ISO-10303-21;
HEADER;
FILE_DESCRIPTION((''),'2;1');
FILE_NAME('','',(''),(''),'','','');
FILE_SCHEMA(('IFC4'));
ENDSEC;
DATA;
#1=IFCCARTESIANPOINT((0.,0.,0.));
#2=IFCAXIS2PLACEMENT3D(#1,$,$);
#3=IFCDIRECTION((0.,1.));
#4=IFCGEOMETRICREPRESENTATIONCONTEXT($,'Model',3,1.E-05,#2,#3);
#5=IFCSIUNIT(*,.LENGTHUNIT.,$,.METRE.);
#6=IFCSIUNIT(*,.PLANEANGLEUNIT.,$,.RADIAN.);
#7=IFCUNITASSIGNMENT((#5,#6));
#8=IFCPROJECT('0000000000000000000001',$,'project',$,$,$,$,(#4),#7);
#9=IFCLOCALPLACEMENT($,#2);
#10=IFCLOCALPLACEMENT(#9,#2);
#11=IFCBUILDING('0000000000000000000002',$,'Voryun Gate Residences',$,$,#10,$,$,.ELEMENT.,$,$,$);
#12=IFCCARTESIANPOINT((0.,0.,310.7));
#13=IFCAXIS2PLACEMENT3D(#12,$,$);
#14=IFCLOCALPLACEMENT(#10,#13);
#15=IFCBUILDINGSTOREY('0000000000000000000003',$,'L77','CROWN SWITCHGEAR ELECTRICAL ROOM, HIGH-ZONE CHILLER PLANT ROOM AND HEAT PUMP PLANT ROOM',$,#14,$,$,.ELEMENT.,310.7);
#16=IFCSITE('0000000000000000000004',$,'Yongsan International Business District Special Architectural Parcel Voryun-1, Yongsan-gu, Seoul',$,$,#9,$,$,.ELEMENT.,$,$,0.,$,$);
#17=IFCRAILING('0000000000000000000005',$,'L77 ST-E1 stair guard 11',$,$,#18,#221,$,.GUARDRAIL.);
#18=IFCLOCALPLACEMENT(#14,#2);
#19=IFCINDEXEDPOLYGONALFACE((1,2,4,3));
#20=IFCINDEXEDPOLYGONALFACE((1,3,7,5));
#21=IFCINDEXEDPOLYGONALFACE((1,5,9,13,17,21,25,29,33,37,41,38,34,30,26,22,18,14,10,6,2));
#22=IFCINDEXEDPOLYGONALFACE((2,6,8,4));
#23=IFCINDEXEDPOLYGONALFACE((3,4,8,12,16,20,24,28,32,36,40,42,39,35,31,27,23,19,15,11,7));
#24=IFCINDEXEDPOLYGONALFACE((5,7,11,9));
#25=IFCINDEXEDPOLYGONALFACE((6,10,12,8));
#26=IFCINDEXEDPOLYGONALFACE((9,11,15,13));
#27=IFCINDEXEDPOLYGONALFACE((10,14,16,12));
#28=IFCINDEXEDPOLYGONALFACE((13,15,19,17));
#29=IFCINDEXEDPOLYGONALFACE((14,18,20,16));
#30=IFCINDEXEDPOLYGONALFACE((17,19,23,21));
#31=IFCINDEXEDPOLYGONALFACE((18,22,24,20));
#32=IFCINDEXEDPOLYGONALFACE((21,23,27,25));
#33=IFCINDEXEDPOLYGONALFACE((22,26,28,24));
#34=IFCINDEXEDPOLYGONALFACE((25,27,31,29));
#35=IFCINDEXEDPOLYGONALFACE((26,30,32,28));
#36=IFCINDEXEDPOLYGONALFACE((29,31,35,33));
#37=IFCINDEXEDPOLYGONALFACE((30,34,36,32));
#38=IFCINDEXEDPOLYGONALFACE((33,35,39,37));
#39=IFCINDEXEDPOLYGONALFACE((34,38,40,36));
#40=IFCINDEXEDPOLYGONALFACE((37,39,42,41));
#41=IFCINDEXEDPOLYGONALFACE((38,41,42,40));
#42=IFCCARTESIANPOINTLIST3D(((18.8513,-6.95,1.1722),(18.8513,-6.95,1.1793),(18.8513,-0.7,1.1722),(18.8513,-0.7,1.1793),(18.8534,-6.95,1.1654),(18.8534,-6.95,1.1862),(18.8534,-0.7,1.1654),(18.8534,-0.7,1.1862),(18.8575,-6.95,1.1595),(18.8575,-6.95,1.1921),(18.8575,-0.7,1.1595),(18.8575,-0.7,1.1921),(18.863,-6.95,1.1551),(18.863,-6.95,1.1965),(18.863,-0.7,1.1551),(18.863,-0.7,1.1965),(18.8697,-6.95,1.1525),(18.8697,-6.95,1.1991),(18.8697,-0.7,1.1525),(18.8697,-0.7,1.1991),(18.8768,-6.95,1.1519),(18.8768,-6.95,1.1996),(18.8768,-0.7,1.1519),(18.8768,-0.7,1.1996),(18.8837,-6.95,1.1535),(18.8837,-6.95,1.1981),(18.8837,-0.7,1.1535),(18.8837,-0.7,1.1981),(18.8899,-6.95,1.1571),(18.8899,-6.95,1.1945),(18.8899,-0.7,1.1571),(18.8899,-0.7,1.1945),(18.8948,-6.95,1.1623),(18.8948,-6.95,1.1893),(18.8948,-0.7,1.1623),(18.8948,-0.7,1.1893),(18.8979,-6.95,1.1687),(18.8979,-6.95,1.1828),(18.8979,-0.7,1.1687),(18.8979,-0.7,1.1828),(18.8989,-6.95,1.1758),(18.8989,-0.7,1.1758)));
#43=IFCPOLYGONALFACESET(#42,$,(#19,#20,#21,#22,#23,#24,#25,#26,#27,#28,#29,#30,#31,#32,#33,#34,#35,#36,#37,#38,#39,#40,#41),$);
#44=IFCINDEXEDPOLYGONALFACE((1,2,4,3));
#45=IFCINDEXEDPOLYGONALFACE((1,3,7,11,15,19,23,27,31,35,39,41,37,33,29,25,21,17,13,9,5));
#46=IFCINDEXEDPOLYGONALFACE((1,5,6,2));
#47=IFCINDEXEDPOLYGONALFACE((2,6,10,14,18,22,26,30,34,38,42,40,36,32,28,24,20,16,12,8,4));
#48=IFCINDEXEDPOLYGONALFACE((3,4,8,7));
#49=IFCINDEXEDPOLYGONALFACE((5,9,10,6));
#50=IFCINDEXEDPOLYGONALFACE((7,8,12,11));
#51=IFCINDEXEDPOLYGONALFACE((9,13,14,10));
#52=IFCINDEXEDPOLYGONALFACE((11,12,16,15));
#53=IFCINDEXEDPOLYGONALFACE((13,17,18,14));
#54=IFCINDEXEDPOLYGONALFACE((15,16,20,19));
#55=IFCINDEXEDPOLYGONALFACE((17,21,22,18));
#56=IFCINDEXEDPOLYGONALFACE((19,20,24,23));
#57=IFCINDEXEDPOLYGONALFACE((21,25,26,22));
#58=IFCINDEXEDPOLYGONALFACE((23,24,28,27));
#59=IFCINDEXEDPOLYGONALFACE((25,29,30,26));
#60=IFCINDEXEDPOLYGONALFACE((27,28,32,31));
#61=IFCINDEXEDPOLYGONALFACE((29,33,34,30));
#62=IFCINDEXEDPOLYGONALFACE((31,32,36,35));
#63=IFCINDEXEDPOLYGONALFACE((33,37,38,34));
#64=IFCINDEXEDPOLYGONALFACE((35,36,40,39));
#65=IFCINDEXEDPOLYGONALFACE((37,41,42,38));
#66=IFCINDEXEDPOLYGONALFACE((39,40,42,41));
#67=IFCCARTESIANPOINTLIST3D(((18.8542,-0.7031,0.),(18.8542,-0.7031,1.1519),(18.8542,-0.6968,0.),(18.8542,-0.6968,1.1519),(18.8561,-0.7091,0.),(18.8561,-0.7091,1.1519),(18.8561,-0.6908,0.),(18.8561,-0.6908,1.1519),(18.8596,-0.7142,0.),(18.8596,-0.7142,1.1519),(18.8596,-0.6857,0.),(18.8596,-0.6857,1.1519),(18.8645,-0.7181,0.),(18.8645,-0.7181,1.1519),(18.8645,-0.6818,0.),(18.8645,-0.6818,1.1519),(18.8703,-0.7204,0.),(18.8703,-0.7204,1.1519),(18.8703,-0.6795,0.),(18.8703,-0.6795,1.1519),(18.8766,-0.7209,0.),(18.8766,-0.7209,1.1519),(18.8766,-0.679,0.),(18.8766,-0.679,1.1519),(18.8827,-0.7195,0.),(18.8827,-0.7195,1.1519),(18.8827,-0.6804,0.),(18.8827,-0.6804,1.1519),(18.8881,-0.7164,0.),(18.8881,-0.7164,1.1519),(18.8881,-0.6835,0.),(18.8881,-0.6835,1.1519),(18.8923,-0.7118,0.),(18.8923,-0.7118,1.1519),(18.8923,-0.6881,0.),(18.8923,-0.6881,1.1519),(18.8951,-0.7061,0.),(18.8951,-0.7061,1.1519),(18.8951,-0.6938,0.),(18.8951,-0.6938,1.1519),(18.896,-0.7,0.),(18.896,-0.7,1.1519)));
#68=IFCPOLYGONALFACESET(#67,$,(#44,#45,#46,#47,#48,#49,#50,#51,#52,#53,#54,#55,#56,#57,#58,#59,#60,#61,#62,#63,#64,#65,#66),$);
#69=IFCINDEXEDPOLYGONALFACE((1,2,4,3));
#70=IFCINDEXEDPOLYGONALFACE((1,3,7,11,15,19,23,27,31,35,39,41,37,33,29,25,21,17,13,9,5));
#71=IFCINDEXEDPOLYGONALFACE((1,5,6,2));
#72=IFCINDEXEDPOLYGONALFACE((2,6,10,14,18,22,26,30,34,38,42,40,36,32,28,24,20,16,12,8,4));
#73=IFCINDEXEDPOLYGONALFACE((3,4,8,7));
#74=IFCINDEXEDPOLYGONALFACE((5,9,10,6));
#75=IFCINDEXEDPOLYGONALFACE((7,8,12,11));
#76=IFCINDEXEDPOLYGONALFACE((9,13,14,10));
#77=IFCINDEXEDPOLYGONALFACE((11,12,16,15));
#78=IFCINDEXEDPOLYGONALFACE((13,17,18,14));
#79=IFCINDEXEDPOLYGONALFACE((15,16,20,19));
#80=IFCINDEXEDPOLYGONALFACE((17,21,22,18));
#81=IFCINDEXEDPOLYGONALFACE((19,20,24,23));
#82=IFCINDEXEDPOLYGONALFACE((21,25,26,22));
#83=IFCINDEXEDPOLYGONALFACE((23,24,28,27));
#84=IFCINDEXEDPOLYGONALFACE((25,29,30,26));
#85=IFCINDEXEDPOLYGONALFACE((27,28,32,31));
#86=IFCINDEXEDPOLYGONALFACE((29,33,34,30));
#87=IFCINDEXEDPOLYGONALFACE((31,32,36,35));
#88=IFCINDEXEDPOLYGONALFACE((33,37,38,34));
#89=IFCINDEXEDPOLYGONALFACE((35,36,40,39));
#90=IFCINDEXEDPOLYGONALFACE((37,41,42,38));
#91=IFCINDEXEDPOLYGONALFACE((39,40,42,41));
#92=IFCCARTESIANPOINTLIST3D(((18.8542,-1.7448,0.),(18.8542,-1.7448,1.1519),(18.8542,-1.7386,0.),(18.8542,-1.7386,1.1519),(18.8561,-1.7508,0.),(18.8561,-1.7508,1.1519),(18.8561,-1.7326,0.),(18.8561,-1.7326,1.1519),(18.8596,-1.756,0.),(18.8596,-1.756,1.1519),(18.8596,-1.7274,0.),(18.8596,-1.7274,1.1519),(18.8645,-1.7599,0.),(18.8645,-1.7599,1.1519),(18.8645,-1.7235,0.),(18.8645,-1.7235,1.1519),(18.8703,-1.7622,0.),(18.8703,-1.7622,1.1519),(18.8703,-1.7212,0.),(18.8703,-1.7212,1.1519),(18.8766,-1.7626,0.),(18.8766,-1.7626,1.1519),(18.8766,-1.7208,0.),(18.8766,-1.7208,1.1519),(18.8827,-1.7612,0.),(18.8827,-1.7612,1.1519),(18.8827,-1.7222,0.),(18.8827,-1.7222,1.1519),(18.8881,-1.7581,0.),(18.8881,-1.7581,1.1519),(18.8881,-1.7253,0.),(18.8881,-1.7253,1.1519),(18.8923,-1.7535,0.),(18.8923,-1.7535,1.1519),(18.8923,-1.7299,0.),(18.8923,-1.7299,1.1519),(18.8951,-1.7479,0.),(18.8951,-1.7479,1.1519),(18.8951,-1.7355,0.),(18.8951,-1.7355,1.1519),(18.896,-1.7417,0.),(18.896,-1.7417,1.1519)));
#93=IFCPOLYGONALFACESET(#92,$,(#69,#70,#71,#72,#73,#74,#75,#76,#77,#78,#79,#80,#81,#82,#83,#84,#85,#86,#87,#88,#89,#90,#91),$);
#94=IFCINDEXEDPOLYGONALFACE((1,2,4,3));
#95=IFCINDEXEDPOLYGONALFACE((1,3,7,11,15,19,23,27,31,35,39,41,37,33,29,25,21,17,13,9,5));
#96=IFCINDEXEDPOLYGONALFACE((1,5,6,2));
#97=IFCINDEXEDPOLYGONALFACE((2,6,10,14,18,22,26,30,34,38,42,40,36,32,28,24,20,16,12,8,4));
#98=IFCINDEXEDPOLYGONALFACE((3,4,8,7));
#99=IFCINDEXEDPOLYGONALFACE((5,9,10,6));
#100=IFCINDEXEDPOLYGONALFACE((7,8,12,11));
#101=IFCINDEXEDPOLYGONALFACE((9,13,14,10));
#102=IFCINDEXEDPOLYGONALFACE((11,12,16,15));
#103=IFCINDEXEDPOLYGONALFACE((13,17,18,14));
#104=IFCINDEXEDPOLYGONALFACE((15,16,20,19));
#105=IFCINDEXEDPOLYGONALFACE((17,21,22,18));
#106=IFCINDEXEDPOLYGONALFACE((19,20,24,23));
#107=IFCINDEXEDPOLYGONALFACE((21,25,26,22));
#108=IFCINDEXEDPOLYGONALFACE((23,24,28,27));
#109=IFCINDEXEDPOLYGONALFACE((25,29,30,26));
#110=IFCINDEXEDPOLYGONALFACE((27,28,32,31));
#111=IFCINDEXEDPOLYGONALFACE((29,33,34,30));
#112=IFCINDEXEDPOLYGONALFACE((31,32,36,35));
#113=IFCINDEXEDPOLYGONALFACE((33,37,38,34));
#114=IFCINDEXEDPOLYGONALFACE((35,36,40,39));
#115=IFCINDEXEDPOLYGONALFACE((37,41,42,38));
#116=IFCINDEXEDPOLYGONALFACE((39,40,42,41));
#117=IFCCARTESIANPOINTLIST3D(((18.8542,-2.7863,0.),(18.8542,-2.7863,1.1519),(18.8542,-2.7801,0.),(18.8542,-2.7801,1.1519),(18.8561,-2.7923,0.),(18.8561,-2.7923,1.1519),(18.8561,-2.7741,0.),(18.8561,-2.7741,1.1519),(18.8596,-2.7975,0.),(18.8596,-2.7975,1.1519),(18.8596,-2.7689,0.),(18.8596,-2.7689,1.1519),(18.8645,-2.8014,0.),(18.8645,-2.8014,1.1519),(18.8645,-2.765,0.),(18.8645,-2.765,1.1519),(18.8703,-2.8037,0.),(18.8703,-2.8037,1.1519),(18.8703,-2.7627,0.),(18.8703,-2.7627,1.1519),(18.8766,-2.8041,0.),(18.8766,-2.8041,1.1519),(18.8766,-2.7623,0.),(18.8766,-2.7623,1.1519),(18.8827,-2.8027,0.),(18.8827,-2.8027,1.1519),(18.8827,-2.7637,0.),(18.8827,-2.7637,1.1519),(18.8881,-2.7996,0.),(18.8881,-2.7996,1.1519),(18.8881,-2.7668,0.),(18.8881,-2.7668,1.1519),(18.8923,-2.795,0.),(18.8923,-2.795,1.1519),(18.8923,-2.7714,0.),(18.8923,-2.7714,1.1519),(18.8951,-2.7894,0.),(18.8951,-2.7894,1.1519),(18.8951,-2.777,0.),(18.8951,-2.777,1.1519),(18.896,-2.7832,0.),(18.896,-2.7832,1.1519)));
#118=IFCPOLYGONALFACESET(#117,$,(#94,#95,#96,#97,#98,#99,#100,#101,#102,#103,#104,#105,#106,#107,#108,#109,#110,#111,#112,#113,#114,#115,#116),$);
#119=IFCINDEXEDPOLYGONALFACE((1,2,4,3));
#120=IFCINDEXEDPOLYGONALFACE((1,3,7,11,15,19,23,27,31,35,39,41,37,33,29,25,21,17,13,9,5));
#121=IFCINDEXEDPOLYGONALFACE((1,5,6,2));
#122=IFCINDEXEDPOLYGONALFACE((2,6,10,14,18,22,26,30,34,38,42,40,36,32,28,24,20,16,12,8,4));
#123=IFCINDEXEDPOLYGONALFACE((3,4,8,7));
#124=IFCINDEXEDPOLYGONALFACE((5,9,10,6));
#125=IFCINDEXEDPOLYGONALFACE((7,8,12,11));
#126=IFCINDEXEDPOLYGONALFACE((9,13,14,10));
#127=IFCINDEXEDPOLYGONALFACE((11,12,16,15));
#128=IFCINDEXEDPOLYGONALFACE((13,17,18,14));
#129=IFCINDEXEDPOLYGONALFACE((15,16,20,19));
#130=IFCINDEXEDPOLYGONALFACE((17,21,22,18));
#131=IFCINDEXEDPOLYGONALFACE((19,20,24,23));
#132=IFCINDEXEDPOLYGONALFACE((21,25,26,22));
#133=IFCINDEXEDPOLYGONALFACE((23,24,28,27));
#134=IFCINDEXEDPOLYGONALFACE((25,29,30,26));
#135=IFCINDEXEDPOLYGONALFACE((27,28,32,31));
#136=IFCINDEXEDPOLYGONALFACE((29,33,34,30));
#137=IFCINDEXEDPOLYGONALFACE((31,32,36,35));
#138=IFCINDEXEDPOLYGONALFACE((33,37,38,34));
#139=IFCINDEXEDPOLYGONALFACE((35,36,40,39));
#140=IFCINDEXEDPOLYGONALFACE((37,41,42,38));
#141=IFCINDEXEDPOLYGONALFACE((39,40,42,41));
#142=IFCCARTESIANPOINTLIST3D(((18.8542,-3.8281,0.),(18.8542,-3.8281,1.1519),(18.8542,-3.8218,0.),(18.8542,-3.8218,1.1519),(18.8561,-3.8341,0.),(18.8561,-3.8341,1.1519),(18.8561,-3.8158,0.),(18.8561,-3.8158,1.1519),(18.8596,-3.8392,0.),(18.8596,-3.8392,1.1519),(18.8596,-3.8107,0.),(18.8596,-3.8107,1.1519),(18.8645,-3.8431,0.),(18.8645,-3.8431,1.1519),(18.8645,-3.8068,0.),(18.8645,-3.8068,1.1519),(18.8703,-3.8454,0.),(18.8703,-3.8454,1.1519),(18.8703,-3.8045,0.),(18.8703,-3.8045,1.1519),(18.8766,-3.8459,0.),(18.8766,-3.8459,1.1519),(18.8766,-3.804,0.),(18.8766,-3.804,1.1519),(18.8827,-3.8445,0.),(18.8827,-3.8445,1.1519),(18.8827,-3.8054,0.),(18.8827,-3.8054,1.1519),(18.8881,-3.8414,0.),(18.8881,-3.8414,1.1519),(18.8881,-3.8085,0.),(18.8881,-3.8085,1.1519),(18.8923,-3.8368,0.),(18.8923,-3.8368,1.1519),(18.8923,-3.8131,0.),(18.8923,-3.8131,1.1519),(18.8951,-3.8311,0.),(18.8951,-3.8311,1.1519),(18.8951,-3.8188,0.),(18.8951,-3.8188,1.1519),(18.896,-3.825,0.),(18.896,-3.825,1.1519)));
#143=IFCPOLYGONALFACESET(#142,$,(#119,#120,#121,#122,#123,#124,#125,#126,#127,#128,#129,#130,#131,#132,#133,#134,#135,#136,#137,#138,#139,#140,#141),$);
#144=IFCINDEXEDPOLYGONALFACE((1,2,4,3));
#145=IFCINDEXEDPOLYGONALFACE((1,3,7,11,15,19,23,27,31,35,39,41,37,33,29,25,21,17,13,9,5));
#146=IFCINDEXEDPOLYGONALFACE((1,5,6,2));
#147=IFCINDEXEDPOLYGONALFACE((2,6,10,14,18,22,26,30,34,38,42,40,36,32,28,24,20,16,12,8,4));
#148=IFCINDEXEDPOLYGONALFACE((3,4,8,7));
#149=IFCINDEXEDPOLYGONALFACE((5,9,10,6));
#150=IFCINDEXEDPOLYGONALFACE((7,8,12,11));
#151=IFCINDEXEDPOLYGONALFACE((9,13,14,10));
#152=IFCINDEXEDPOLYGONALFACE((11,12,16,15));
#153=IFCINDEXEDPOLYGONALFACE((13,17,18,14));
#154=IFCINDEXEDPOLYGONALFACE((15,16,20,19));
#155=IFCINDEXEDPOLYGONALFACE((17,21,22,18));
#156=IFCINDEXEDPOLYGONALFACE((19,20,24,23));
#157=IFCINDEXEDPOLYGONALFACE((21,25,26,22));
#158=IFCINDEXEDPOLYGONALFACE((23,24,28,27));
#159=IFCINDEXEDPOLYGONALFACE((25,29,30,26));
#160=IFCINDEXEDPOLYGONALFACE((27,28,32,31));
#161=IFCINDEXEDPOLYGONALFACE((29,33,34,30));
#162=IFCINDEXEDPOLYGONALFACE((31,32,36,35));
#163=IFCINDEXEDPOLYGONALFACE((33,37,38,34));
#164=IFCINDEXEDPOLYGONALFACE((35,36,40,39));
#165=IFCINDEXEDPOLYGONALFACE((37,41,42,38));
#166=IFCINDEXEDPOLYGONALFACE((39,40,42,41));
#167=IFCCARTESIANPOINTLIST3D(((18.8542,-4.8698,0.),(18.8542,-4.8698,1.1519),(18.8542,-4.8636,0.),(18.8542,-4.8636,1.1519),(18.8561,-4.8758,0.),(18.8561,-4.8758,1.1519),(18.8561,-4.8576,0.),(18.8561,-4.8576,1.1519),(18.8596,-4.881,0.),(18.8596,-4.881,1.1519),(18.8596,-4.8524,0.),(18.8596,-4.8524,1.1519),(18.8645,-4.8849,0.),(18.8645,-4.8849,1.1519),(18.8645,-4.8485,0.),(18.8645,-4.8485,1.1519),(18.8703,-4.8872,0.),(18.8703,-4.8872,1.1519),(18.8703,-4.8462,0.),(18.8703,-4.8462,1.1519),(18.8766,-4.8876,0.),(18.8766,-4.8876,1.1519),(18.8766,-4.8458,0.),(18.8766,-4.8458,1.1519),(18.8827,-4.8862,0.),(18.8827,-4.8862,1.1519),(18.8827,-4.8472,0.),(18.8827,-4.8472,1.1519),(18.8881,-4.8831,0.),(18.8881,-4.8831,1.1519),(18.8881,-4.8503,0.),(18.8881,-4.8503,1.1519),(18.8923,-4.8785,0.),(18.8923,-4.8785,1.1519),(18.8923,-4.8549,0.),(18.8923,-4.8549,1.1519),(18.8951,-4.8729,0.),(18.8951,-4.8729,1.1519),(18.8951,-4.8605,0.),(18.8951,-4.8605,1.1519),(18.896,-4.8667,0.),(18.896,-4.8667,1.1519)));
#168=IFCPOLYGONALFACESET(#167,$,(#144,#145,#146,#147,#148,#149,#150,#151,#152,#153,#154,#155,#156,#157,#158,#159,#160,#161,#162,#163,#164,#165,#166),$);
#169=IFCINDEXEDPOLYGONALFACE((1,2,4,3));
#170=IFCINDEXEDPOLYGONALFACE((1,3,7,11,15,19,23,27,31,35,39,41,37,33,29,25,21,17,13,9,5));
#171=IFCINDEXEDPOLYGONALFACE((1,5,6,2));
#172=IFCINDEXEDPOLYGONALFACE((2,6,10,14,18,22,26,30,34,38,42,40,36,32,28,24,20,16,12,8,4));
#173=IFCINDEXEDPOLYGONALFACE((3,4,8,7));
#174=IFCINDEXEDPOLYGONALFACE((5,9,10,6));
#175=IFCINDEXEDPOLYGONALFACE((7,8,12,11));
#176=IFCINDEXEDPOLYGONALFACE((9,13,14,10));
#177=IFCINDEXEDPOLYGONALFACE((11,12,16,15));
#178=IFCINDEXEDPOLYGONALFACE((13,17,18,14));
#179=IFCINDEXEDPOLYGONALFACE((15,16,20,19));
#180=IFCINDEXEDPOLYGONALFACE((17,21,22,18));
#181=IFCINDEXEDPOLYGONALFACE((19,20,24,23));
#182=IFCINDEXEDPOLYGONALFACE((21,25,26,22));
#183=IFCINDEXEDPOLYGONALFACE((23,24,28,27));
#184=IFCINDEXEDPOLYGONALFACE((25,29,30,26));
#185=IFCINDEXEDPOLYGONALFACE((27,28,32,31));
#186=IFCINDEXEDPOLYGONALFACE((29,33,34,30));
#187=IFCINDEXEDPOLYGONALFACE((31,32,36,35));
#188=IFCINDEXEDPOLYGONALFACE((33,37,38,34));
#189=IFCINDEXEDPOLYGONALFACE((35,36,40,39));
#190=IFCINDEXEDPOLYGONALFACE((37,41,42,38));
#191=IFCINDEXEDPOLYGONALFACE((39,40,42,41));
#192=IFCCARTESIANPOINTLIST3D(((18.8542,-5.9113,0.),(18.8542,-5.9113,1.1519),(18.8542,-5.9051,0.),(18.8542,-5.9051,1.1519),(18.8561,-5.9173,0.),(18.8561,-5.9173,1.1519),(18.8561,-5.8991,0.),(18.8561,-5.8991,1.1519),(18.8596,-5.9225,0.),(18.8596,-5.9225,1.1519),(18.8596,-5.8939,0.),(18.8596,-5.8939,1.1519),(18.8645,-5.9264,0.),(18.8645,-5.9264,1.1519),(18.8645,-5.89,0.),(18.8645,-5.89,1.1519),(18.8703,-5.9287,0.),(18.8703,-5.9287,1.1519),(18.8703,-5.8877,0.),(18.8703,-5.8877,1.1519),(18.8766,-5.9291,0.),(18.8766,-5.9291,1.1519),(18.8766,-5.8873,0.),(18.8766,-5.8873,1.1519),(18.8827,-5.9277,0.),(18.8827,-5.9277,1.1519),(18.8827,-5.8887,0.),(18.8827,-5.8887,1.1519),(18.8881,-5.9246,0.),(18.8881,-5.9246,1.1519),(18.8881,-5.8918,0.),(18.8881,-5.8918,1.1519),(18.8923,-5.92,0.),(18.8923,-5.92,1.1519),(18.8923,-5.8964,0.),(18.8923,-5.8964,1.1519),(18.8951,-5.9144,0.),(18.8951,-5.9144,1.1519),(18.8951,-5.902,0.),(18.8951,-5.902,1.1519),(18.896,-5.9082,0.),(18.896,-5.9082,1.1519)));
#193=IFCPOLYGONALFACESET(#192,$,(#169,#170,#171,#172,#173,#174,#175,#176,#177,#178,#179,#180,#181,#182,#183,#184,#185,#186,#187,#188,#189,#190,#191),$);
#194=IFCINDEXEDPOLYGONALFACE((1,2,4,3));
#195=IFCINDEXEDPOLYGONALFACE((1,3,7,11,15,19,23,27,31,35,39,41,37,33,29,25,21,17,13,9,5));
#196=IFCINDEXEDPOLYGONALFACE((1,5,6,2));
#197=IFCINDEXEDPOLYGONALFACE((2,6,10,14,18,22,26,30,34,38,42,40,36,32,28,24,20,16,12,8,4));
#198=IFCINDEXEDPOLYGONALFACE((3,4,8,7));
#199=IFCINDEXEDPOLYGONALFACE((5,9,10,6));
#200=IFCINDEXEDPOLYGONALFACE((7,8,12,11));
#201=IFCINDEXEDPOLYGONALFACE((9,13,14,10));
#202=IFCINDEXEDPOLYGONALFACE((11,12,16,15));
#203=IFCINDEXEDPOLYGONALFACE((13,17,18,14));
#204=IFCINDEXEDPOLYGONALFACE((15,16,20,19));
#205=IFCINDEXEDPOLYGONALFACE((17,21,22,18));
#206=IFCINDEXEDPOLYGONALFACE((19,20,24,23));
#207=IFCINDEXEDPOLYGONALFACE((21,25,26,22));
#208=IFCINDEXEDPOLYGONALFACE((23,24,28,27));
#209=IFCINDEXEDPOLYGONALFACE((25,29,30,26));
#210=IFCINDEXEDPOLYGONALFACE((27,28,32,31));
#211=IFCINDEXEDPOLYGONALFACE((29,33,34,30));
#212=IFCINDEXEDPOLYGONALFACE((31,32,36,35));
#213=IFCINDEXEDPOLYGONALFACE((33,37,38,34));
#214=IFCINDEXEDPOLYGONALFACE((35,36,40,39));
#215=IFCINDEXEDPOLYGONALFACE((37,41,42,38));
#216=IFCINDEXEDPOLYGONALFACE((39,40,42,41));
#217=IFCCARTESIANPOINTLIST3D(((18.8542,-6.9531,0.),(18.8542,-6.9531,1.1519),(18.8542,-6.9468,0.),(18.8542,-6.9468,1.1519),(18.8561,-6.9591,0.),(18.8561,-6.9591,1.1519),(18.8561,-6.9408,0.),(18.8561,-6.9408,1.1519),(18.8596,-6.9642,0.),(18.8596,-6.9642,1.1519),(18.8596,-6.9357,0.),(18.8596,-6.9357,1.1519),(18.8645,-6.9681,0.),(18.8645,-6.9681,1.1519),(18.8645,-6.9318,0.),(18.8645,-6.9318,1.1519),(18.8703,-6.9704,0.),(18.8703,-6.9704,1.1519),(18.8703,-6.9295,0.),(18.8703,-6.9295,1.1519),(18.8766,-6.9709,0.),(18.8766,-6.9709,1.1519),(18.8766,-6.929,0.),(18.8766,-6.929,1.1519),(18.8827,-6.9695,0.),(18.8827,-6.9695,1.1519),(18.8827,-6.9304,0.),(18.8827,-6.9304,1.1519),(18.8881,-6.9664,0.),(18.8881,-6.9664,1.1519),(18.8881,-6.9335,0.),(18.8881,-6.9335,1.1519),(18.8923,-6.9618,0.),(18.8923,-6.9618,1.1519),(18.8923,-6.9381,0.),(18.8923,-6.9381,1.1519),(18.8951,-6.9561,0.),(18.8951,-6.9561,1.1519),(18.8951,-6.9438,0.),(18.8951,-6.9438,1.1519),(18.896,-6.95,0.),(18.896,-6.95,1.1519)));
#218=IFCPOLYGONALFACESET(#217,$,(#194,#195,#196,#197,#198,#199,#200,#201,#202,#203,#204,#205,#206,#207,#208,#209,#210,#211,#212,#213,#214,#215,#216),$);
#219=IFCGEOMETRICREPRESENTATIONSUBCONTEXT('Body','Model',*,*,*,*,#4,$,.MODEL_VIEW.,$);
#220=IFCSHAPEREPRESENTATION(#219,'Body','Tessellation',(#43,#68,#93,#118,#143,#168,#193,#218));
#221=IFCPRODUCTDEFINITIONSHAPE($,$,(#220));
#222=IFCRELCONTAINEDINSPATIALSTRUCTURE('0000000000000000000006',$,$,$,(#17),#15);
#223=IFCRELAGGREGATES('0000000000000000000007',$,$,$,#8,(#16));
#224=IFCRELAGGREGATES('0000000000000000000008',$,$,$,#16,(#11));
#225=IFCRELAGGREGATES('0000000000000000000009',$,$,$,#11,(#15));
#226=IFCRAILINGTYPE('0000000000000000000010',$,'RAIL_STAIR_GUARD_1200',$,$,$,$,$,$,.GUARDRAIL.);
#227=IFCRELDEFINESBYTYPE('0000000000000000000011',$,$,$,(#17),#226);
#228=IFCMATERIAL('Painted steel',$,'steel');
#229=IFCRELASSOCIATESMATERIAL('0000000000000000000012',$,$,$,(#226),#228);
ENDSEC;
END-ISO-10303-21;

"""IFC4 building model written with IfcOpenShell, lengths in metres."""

from ifc_helpers import new_model, si_unit, direction, frame, origin, origin_2d, place, context, subcontext, project, spatial, circle, extrude, material, type_object, element, save


model = new_model("IFC4")

# Units and contexts
model_context = context("Model", 3, precision=1e-05, world=origin(), true_north=direction((0.0, 1.0)))
body_context = subcontext(model_context, "Body", "Model", "MODEL_VIEW")
ifc_project = project(units=[si_unit("LENGTHUNIT", "METRE"), si_unit("PLANEANGLEUNIT", "RADIAN")], contexts=[model_context])

# Site, building, storey
site_placement = place(None, origin())
site = spatial("IfcSite", under=ifc_project, at=site_placement, Name="Yongsan International Business District Special Architectural Parcel Voryun-1, Yongsan-gu, Seoul", CompositionType="ELEMENT", RefElevation=0.0)
building_placement = place(site_placement, origin())
building = spatial("IfcBuilding", under=site, at=building_placement, Name="Voryun Gate Residences", CompositionType="ELEMENT")
storey_placement = place(building_placement, frame((0.0, 0.0, 310.7)))
storey = spatial("IfcBuildingStorey", under=building, at=storey_placement, Name="L77", Description="CROWN SWITCHGEAR ELECTRICAL ROOM, HIGH-ZONE CHILLER PLANT ROOM AND HEAT PUMP PLANT ROOM", CompositionType="ELEMENT", Elevation=310.7)

# Railing
ifc_material_1 = material(Name="Painted steel", Category="steel")
railing_type_1 = type_object("IfcRailingType", Name="RAIL_STAIR_GUARD_1200", PredefinedType="GUARDRAIL", material=ifc_material_1)
railing_1_placement = place(storey_placement, frame((18.875, -0.7, 0.0)))
element("IfcRailing", 1, at=railing_1_placement, inside=storey, type_object=railing_type_1, Name="L77 ST-E1 stair guard 11", PredefinedType="GUARDRAIL", context=body_context, shape_type="SweptSolid", body=[
    extrude(circle(Radius=0.0239, at=origin_2d()), frame((0.0, 0.0, 1.1758), z_axis=(0.0, -1.0, 0.0), x_axis=(1.0, 0.0, 0.0)), (0.0, 0.0, 1.0), 6.25),
    extrude(circle(Radius=0.021, at=origin_2d()), origin(), (0.0, 0.0, 1.0), 1.1519),
    extrude(circle(Radius=0.021, at=origin_2d()), frame((0.0, -1.0417, 0.0)), (0.0, 0.0, 1.0), 1.1519),
    extrude(circle(Radius=0.021, at=origin_2d()), frame((0.0, -2.0833, 0.0)), (0.0, 0.0, 1.0), 1.1519),
    extrude(circle(Radius=0.021, at=origin_2d()), frame((0.0, -3.125, 0.0)), (0.0, 0.0, 1.0), 1.1519),
    extrude(circle(Radius=0.021, at=origin_2d()), frame((0.0, -4.1667, 0.0)), (0.0, 0.0, 1.0), 1.1519),
    extrude(circle(Radius=0.021, at=origin_2d()), frame((0.0, -5.2083, 0.0)), (0.0, 0.0, 1.0), 1.1519),
    extrude(circle(Radius=0.021, at=origin_2d()), frame((0.0, -6.25, 0.0)), (0.0, 0.0, 1.0), 1.1519),
])

save(model, "model.ifc")
